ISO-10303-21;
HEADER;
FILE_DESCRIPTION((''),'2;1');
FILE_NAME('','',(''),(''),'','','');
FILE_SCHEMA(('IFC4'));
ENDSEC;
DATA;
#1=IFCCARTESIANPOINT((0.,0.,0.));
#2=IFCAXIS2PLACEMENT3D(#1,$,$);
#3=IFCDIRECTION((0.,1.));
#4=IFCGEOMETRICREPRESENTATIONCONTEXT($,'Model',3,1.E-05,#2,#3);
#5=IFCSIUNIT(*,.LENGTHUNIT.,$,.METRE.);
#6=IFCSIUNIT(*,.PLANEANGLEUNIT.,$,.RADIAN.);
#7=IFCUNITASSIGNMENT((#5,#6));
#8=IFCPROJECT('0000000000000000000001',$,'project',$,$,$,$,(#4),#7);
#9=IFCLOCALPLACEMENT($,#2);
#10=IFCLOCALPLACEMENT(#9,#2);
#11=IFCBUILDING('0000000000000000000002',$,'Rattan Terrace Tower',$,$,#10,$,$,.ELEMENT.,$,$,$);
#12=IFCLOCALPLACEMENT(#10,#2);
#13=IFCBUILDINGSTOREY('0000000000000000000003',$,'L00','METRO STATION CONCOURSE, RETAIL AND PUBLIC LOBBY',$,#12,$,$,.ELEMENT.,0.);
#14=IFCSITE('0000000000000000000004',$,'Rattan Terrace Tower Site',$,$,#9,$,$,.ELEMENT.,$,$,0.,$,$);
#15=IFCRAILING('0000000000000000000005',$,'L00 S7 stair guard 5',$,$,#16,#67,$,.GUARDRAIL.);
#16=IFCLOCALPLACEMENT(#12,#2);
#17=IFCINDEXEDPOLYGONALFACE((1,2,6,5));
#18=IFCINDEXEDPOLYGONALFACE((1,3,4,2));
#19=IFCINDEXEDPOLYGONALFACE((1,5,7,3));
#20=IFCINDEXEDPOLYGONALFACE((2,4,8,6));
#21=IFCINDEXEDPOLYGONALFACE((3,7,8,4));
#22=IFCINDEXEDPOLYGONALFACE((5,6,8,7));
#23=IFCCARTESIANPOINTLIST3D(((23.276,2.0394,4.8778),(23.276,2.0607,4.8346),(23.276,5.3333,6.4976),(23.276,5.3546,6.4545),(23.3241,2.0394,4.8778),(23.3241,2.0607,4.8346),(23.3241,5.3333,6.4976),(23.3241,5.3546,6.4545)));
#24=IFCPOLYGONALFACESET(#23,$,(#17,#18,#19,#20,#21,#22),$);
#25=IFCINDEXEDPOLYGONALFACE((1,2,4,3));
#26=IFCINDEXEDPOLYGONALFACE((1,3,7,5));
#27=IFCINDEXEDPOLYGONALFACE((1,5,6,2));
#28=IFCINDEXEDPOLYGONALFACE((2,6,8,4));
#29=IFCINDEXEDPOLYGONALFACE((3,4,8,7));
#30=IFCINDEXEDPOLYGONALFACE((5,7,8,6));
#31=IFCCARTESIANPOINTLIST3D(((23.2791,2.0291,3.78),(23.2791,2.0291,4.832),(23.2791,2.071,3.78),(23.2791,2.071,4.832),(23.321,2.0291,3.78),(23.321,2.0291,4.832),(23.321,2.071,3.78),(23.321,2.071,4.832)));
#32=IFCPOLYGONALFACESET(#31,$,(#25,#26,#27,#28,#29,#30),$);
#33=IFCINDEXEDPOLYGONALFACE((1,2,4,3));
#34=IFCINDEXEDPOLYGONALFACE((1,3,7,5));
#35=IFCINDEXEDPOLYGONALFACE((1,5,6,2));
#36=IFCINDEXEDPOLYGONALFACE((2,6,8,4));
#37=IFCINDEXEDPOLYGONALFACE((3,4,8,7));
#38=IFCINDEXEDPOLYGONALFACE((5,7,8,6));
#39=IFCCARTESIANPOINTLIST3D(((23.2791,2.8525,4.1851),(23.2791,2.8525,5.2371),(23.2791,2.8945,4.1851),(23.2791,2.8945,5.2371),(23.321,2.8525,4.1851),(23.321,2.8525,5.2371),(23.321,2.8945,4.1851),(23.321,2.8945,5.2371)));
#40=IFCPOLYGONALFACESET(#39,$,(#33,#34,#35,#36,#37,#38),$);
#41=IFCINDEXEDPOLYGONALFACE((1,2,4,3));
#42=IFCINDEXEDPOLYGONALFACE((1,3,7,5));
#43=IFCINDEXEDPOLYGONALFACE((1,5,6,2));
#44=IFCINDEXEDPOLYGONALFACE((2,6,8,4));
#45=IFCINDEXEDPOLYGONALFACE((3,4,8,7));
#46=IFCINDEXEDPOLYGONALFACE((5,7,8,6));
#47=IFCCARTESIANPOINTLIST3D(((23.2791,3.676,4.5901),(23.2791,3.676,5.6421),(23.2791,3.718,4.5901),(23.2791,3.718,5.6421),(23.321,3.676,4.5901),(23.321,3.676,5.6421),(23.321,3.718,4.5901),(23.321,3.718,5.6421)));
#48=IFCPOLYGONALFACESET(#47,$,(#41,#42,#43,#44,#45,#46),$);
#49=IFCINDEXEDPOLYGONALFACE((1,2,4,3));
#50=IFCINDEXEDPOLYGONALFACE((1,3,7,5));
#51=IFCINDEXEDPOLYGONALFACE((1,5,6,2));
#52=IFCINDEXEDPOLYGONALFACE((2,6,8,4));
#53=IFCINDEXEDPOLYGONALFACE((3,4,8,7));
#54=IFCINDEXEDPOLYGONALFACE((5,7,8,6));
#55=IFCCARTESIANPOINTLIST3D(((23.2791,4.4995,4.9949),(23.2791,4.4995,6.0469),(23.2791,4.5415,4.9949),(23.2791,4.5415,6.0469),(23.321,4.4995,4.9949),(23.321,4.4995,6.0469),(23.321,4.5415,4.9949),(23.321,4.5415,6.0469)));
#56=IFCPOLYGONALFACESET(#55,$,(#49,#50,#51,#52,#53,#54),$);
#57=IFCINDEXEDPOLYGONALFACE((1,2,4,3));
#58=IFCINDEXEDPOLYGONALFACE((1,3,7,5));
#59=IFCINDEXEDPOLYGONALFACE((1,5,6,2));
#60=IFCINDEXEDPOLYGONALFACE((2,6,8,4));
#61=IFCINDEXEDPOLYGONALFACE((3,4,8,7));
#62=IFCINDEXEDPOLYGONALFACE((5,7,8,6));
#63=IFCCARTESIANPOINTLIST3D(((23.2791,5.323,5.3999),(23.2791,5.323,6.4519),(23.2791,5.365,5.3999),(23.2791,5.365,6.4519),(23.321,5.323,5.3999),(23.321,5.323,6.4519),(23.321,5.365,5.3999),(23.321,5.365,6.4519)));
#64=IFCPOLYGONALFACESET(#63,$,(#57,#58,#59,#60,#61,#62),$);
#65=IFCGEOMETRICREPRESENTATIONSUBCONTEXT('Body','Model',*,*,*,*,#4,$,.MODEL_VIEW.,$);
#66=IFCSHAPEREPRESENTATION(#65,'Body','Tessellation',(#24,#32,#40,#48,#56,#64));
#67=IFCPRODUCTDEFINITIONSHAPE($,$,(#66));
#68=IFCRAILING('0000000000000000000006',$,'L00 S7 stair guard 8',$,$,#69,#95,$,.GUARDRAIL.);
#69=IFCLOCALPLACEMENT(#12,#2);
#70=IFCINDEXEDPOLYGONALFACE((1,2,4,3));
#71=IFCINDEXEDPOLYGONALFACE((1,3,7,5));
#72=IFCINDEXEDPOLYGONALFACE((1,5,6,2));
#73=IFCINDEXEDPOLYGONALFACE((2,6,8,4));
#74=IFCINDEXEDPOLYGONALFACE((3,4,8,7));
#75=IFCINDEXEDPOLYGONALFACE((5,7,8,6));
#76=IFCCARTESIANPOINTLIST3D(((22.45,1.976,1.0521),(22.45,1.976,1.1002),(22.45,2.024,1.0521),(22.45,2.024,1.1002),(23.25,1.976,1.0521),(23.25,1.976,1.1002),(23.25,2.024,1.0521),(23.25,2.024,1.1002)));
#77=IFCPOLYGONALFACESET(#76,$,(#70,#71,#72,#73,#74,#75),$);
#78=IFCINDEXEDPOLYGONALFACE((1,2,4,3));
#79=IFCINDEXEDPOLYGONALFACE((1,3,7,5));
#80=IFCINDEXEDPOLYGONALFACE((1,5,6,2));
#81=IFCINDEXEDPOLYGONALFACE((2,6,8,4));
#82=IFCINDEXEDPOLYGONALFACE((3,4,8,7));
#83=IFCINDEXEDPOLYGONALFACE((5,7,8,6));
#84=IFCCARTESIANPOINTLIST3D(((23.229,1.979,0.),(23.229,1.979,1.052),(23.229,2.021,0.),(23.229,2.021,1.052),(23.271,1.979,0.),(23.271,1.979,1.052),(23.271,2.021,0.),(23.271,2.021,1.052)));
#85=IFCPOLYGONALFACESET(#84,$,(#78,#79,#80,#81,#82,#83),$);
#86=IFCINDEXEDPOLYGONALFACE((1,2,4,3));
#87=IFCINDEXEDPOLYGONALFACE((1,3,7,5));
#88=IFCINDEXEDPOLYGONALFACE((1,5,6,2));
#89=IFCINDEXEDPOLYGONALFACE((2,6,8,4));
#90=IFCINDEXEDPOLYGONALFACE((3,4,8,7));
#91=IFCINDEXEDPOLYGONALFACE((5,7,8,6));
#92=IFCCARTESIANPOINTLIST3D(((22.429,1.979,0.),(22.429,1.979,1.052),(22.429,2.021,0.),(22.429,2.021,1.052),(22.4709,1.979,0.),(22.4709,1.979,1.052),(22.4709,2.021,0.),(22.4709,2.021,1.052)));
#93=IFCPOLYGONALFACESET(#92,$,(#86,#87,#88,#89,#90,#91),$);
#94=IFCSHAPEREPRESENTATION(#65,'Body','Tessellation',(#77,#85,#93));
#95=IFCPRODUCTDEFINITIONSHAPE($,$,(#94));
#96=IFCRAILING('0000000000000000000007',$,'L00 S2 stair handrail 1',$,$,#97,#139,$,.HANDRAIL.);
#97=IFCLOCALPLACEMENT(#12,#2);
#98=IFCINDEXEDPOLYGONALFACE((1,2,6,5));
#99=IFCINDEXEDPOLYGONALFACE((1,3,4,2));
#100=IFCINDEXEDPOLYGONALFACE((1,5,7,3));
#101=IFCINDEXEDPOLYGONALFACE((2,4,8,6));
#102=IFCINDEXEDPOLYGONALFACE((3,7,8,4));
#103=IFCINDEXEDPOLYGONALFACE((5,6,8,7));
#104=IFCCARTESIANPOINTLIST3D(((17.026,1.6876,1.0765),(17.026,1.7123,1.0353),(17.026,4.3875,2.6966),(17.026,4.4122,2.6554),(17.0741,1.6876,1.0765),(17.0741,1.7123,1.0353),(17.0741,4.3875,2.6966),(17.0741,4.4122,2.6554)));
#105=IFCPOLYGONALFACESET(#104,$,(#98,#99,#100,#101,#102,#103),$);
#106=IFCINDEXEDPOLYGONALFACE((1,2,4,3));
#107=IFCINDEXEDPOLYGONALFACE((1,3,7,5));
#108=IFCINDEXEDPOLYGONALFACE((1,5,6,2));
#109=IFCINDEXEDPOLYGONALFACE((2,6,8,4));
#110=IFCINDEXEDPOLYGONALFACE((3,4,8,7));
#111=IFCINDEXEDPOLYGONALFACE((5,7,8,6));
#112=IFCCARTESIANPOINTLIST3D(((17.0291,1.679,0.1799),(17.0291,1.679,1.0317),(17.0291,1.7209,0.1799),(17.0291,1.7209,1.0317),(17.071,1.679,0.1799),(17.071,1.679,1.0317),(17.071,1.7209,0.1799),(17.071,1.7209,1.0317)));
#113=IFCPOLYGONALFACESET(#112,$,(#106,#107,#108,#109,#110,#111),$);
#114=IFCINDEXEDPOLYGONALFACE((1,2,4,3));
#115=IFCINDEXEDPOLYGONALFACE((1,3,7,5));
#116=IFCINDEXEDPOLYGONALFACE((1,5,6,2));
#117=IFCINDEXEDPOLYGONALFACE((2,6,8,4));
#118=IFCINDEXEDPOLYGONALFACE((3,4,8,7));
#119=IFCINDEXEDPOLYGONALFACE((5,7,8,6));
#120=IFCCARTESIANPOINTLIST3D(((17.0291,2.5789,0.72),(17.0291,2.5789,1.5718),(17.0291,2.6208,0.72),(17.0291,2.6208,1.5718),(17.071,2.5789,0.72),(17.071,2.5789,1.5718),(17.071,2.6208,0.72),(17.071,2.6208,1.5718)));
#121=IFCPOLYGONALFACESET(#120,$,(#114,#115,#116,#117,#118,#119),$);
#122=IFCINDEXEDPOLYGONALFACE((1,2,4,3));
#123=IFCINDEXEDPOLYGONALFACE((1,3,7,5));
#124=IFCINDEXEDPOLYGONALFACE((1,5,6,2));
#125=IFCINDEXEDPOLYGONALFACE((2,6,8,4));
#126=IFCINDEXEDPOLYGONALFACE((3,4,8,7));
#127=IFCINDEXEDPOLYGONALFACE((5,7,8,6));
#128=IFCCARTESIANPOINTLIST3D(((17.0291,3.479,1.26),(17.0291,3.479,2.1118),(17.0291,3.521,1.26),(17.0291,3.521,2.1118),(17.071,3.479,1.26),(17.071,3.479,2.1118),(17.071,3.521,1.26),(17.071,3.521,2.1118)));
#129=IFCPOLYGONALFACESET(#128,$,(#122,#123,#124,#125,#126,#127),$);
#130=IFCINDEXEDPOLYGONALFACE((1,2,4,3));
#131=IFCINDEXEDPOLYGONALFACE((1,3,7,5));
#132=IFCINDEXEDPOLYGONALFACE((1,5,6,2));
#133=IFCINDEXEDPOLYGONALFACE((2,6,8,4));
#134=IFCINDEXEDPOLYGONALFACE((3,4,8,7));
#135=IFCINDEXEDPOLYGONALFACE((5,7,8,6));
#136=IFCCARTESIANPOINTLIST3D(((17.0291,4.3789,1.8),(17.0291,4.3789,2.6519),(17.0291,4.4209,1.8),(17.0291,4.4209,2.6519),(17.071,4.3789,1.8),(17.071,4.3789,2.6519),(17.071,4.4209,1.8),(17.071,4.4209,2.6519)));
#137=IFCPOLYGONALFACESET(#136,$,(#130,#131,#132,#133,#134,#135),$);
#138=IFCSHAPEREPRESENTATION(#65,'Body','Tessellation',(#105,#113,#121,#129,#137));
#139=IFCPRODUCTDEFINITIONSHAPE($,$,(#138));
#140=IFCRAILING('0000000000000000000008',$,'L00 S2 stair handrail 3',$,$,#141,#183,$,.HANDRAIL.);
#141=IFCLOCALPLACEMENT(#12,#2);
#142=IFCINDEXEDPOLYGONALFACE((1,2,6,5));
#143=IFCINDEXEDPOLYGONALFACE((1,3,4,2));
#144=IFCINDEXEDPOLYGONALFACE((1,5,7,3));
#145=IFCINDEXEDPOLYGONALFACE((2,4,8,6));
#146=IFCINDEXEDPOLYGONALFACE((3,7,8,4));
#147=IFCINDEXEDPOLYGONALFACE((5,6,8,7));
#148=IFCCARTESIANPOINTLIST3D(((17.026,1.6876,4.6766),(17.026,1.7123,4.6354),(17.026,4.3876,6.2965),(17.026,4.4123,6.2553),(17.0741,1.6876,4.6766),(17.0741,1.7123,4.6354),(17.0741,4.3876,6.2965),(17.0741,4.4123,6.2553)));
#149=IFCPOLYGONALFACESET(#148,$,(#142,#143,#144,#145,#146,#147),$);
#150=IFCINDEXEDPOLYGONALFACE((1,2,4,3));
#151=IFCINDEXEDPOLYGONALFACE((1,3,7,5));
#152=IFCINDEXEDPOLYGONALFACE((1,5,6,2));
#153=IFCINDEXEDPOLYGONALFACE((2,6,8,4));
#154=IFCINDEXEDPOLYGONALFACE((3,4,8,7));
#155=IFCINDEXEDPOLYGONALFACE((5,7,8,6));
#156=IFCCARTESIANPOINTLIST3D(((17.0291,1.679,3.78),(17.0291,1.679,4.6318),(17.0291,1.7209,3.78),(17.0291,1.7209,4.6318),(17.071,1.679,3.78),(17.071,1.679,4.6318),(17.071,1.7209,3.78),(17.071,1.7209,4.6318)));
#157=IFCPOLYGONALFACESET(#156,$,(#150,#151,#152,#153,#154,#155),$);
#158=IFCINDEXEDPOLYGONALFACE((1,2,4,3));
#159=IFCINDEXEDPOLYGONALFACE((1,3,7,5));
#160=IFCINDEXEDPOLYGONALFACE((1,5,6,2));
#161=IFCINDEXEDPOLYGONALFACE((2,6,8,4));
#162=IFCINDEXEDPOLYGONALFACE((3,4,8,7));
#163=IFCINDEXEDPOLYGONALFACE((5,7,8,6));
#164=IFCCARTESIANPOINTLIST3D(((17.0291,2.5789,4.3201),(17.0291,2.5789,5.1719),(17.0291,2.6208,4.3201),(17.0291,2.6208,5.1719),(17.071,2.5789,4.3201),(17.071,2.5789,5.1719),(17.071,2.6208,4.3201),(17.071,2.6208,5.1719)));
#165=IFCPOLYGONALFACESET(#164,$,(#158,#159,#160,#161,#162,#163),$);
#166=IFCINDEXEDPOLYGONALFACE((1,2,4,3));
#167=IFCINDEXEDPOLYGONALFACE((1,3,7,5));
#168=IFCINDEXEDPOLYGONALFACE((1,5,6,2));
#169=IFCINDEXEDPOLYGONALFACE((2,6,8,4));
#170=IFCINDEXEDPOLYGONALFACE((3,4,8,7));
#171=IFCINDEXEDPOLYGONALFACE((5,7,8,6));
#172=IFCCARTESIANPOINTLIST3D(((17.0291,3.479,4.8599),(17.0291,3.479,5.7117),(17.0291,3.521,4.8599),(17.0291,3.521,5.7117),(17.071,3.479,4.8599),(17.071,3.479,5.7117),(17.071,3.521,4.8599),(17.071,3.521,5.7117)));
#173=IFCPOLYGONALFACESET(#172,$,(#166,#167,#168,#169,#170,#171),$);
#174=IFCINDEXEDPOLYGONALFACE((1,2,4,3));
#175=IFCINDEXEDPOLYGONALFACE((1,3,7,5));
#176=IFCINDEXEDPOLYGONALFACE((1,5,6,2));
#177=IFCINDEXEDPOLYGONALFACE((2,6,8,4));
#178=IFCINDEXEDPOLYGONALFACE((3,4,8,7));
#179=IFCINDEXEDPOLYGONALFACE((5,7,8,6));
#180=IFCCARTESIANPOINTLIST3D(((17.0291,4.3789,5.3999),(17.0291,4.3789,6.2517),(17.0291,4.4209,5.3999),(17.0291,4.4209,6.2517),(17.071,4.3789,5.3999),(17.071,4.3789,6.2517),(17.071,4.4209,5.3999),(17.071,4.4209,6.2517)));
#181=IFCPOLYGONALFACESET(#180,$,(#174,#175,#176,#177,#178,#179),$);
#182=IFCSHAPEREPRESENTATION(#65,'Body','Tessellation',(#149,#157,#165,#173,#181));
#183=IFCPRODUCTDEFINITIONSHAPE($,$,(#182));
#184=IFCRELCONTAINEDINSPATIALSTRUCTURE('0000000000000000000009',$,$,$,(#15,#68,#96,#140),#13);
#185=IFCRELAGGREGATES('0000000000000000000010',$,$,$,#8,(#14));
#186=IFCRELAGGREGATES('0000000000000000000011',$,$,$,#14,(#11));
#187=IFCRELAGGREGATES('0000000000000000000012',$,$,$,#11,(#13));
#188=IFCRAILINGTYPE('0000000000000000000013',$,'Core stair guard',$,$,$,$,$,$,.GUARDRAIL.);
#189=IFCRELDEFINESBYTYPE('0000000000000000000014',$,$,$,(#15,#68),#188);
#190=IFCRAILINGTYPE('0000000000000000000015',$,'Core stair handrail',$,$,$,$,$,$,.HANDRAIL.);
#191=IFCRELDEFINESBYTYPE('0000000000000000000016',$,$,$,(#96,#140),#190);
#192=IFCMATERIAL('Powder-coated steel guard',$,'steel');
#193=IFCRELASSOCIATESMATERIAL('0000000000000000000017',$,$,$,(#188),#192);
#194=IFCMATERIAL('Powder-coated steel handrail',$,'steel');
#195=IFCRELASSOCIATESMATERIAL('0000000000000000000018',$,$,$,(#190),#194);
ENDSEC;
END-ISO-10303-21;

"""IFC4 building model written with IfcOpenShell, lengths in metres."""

from ifc_helpers import new_model, si_unit, direction, frame, origin, origin_2d, place, context, subcontext, project, spatial, rectangle, extrude, material, type_object, element, save


model = new_model("IFC4")

# Units and contexts
model_context = context("Model", 3, precision=1e-05, world=origin(), true_north=direction((0.0, 1.0)))
body_context = subcontext(model_context, "Body", "Model", "MODEL_VIEW")
ifc_project = project(units=[si_unit("LENGTHUNIT", "METRE"), si_unit("PLANEANGLEUNIT", "RADIAN")], contexts=[model_context])

# Site, building, storey
site_placement = place(None, origin())
site = spatial("IfcSite", under=ifc_project, at=site_placement, Name="Rattan Terrace Tower Site", CompositionType="ELEMENT", RefElevation=0.0)
building_placement = place(site_placement, origin())
building = spatial("IfcBuilding", under=site, at=building_placement, Name="Rattan Terrace Tower", CompositionType="ELEMENT")
storey_placement = place(building_placement, origin())
storey = spatial("IfcBuildingStorey", under=building, at=storey_placement, Name="L00", Description="METRO STATION CONCOURSE, RETAIL AND PUBLIC LOBBY", CompositionType="ELEMENT", Elevation=0.0)

# Railings
ifc_material_1 = material(Name="Powder-coated steel guard", Category="steel")
railing_type_1 = type_object("IfcRailingType", Name="Core stair guard", PredefinedType="GUARDRAIL", material=ifc_material_1)
railing_1_placement = place(storey_placement, frame((23.3, 2.05, 3.78)))
element("IfcRailing", 1, at=railing_1_placement, inside=storey, type_object=railing_type_1, Name="L00 S7 stair guard 5", PredefinedType="GUARDRAIL", context=body_context, shape_type="SweptSolid", body=[
    extrude(rectangle(XDim=0.0481, YDim=0.0481, at=origin_2d()), frame((0.0, 0.0, 1.0762), z_axis=(0.0, 0.897361, 0.441298), x_axis=(-1.0, 0.0, 0.0)), (0.0, 0.0, 1.0), 3.6707),
    extrude(rectangle(XDim=0.042, YDim=0.042, at=origin_2d()), origin(), (0.0, 0.0, 1.0), 1.052),
    extrude(rectangle(XDim=0.042, YDim=0.042, at=origin_2d()), frame((0.0, 0.8235, 0.405)), (0.0, 0.0, 1.0), 1.052),
    extrude(rectangle(XDim=0.042, YDim=0.042, at=origin_2d()), frame((0.0, 1.647, 0.8101)), (0.0, 0.0, 1.0), 1.052),
    extrude(rectangle(XDim=0.042, YDim=0.042, at=origin_2d()), frame((0.0, 2.4705, 1.2148)), (0.0, 0.0, 1.0), 1.052),
    extrude(rectangle(XDim=0.042, YDim=0.042, at=origin_2d()), frame((0.0, 3.2939, 1.6199)), (0.0, 0.0, 1.0), 1.052),
])
railing_2_placement = place(storey_placement, frame((23.25, 2.0, 0.0)))
element("IfcRailing", 2, at=railing_2_placement, inside=storey, type_object=railing_type_1, Name="L00 S7 stair guard 8", PredefinedType="GUARDRAIL", context=body_context, shape_type="SweptSolid", body=[
    extrude(rectangle(XDim=0.0481, YDim=0.0481, at=origin_2d()), frame((0.0, 0.0, 1.0762), z_axis=(-1.0, 0.0, 0.0), x_axis=(0.0, -1.0, 0.0)), (0.0, 0.0, 1.0), 0.8),
    extrude(rectangle(XDim=0.042, YDim=0.042, at=origin_2d()), origin(), (0.0, 0.0, 1.0), 1.052),
    extrude(rectangle(XDim=0.042, YDim=0.042, at=origin_2d()), frame((-0.8, 0.0, 0.0)), (0.0, 0.0, 1.0), 1.052),
])
ifc_material_2 = material(Name="Powder-coated steel handrail", Category="steel")
railing_type_2 = type_object("IfcRailingType", Name="Core stair handrail", PredefinedType="HANDRAIL", material=ifc_material_2)
railing_3_placement = place(storey_placement, frame((17.05, 1.7, 0.1799)))
element("IfcRailing", 3, at=railing_3_placement, inside=storey, type_object=railing_type_2, Name="L00 S2 stair handrail 1", PredefinedType="HANDRAIL", context=body_context, shape_type="SweptSolid", body=[
    extrude(rectangle(XDim=0.0481, YDim=0.0481, at=origin_2d()), frame((0.0, 0.0, 0.876), z_axis=(0.0, 0.857472, 0.51453), x_axis=(-1.0, 0.0, 0.0)), (0.0, 0.0, 1.0), 3.1487),
    extrude(rectangle(XDim=0.042, YDim=0.042, at=origin_2d()), origin(), (0.0, 0.0, 1.0), 0.8518),
    extrude(rectangle(XDim=0.042, YDim=0.042, at=origin_2d()), frame((0.0, 0.8999, 0.54)), (0.0, 0.0, 1.0), 0.8518),
    extrude(rectangle(XDim=0.042, YDim=0.042, at=origin_2d()), frame((0.0, 1.8, 1.0801)), (0.0, 0.0, 1.0), 0.8518),
    extrude(rectangle(XDim=0.042, YDim=0.042, at=origin_2d()), frame((0.0, 2.7, 1.6201)), (0.0, 0.0, 1.0), 0.8518),
])
railing_4_placement = place(storey_placement, frame((17.05, 1.7, 3.78)))
element("IfcRailing", 4, at=railing_4_placement, inside=storey, type_object=railing_type_2, Name="L00 S2 stair handrail 3", PredefinedType="HANDRAIL", context=body_context, shape_type="SweptSolid", body=[
    extrude(rectangle(XDim=0.0481, YDim=0.0481, at=origin_2d()), frame((0.0, 0.0, 0.876), z_axis=(0.0, 0.857507, 0.514473), x_axis=(-1.0, 0.0, 0.0)), (0.0, 0.0, 1.0), 3.1487),
    extrude(rectangle(XDim=0.042, YDim=0.042, at=origin_2d()), origin(), (0.0, 0.0, 1.0), 0.8518),
    extrude(rectangle(XDim=0.042, YDim=0.042, at=origin_2d()), frame((0.0, 0.8999, 0.54)), (0.0, 0.0, 1.0), 0.8518),
    extrude(rectangle(XDim=0.042, YDim=0.042, at=origin_2d()), frame((0.0, 1.8, 1.0798)), (0.0, 0.0, 1.0), 0.8518),
    extrude(rectangle(XDim=0.042, YDim=0.042, at=origin_2d()), frame((0.0, 2.7, 1.6199)), (0.0, 0.0, 1.0), 0.8518),
])

save(model, "model.ifc")
